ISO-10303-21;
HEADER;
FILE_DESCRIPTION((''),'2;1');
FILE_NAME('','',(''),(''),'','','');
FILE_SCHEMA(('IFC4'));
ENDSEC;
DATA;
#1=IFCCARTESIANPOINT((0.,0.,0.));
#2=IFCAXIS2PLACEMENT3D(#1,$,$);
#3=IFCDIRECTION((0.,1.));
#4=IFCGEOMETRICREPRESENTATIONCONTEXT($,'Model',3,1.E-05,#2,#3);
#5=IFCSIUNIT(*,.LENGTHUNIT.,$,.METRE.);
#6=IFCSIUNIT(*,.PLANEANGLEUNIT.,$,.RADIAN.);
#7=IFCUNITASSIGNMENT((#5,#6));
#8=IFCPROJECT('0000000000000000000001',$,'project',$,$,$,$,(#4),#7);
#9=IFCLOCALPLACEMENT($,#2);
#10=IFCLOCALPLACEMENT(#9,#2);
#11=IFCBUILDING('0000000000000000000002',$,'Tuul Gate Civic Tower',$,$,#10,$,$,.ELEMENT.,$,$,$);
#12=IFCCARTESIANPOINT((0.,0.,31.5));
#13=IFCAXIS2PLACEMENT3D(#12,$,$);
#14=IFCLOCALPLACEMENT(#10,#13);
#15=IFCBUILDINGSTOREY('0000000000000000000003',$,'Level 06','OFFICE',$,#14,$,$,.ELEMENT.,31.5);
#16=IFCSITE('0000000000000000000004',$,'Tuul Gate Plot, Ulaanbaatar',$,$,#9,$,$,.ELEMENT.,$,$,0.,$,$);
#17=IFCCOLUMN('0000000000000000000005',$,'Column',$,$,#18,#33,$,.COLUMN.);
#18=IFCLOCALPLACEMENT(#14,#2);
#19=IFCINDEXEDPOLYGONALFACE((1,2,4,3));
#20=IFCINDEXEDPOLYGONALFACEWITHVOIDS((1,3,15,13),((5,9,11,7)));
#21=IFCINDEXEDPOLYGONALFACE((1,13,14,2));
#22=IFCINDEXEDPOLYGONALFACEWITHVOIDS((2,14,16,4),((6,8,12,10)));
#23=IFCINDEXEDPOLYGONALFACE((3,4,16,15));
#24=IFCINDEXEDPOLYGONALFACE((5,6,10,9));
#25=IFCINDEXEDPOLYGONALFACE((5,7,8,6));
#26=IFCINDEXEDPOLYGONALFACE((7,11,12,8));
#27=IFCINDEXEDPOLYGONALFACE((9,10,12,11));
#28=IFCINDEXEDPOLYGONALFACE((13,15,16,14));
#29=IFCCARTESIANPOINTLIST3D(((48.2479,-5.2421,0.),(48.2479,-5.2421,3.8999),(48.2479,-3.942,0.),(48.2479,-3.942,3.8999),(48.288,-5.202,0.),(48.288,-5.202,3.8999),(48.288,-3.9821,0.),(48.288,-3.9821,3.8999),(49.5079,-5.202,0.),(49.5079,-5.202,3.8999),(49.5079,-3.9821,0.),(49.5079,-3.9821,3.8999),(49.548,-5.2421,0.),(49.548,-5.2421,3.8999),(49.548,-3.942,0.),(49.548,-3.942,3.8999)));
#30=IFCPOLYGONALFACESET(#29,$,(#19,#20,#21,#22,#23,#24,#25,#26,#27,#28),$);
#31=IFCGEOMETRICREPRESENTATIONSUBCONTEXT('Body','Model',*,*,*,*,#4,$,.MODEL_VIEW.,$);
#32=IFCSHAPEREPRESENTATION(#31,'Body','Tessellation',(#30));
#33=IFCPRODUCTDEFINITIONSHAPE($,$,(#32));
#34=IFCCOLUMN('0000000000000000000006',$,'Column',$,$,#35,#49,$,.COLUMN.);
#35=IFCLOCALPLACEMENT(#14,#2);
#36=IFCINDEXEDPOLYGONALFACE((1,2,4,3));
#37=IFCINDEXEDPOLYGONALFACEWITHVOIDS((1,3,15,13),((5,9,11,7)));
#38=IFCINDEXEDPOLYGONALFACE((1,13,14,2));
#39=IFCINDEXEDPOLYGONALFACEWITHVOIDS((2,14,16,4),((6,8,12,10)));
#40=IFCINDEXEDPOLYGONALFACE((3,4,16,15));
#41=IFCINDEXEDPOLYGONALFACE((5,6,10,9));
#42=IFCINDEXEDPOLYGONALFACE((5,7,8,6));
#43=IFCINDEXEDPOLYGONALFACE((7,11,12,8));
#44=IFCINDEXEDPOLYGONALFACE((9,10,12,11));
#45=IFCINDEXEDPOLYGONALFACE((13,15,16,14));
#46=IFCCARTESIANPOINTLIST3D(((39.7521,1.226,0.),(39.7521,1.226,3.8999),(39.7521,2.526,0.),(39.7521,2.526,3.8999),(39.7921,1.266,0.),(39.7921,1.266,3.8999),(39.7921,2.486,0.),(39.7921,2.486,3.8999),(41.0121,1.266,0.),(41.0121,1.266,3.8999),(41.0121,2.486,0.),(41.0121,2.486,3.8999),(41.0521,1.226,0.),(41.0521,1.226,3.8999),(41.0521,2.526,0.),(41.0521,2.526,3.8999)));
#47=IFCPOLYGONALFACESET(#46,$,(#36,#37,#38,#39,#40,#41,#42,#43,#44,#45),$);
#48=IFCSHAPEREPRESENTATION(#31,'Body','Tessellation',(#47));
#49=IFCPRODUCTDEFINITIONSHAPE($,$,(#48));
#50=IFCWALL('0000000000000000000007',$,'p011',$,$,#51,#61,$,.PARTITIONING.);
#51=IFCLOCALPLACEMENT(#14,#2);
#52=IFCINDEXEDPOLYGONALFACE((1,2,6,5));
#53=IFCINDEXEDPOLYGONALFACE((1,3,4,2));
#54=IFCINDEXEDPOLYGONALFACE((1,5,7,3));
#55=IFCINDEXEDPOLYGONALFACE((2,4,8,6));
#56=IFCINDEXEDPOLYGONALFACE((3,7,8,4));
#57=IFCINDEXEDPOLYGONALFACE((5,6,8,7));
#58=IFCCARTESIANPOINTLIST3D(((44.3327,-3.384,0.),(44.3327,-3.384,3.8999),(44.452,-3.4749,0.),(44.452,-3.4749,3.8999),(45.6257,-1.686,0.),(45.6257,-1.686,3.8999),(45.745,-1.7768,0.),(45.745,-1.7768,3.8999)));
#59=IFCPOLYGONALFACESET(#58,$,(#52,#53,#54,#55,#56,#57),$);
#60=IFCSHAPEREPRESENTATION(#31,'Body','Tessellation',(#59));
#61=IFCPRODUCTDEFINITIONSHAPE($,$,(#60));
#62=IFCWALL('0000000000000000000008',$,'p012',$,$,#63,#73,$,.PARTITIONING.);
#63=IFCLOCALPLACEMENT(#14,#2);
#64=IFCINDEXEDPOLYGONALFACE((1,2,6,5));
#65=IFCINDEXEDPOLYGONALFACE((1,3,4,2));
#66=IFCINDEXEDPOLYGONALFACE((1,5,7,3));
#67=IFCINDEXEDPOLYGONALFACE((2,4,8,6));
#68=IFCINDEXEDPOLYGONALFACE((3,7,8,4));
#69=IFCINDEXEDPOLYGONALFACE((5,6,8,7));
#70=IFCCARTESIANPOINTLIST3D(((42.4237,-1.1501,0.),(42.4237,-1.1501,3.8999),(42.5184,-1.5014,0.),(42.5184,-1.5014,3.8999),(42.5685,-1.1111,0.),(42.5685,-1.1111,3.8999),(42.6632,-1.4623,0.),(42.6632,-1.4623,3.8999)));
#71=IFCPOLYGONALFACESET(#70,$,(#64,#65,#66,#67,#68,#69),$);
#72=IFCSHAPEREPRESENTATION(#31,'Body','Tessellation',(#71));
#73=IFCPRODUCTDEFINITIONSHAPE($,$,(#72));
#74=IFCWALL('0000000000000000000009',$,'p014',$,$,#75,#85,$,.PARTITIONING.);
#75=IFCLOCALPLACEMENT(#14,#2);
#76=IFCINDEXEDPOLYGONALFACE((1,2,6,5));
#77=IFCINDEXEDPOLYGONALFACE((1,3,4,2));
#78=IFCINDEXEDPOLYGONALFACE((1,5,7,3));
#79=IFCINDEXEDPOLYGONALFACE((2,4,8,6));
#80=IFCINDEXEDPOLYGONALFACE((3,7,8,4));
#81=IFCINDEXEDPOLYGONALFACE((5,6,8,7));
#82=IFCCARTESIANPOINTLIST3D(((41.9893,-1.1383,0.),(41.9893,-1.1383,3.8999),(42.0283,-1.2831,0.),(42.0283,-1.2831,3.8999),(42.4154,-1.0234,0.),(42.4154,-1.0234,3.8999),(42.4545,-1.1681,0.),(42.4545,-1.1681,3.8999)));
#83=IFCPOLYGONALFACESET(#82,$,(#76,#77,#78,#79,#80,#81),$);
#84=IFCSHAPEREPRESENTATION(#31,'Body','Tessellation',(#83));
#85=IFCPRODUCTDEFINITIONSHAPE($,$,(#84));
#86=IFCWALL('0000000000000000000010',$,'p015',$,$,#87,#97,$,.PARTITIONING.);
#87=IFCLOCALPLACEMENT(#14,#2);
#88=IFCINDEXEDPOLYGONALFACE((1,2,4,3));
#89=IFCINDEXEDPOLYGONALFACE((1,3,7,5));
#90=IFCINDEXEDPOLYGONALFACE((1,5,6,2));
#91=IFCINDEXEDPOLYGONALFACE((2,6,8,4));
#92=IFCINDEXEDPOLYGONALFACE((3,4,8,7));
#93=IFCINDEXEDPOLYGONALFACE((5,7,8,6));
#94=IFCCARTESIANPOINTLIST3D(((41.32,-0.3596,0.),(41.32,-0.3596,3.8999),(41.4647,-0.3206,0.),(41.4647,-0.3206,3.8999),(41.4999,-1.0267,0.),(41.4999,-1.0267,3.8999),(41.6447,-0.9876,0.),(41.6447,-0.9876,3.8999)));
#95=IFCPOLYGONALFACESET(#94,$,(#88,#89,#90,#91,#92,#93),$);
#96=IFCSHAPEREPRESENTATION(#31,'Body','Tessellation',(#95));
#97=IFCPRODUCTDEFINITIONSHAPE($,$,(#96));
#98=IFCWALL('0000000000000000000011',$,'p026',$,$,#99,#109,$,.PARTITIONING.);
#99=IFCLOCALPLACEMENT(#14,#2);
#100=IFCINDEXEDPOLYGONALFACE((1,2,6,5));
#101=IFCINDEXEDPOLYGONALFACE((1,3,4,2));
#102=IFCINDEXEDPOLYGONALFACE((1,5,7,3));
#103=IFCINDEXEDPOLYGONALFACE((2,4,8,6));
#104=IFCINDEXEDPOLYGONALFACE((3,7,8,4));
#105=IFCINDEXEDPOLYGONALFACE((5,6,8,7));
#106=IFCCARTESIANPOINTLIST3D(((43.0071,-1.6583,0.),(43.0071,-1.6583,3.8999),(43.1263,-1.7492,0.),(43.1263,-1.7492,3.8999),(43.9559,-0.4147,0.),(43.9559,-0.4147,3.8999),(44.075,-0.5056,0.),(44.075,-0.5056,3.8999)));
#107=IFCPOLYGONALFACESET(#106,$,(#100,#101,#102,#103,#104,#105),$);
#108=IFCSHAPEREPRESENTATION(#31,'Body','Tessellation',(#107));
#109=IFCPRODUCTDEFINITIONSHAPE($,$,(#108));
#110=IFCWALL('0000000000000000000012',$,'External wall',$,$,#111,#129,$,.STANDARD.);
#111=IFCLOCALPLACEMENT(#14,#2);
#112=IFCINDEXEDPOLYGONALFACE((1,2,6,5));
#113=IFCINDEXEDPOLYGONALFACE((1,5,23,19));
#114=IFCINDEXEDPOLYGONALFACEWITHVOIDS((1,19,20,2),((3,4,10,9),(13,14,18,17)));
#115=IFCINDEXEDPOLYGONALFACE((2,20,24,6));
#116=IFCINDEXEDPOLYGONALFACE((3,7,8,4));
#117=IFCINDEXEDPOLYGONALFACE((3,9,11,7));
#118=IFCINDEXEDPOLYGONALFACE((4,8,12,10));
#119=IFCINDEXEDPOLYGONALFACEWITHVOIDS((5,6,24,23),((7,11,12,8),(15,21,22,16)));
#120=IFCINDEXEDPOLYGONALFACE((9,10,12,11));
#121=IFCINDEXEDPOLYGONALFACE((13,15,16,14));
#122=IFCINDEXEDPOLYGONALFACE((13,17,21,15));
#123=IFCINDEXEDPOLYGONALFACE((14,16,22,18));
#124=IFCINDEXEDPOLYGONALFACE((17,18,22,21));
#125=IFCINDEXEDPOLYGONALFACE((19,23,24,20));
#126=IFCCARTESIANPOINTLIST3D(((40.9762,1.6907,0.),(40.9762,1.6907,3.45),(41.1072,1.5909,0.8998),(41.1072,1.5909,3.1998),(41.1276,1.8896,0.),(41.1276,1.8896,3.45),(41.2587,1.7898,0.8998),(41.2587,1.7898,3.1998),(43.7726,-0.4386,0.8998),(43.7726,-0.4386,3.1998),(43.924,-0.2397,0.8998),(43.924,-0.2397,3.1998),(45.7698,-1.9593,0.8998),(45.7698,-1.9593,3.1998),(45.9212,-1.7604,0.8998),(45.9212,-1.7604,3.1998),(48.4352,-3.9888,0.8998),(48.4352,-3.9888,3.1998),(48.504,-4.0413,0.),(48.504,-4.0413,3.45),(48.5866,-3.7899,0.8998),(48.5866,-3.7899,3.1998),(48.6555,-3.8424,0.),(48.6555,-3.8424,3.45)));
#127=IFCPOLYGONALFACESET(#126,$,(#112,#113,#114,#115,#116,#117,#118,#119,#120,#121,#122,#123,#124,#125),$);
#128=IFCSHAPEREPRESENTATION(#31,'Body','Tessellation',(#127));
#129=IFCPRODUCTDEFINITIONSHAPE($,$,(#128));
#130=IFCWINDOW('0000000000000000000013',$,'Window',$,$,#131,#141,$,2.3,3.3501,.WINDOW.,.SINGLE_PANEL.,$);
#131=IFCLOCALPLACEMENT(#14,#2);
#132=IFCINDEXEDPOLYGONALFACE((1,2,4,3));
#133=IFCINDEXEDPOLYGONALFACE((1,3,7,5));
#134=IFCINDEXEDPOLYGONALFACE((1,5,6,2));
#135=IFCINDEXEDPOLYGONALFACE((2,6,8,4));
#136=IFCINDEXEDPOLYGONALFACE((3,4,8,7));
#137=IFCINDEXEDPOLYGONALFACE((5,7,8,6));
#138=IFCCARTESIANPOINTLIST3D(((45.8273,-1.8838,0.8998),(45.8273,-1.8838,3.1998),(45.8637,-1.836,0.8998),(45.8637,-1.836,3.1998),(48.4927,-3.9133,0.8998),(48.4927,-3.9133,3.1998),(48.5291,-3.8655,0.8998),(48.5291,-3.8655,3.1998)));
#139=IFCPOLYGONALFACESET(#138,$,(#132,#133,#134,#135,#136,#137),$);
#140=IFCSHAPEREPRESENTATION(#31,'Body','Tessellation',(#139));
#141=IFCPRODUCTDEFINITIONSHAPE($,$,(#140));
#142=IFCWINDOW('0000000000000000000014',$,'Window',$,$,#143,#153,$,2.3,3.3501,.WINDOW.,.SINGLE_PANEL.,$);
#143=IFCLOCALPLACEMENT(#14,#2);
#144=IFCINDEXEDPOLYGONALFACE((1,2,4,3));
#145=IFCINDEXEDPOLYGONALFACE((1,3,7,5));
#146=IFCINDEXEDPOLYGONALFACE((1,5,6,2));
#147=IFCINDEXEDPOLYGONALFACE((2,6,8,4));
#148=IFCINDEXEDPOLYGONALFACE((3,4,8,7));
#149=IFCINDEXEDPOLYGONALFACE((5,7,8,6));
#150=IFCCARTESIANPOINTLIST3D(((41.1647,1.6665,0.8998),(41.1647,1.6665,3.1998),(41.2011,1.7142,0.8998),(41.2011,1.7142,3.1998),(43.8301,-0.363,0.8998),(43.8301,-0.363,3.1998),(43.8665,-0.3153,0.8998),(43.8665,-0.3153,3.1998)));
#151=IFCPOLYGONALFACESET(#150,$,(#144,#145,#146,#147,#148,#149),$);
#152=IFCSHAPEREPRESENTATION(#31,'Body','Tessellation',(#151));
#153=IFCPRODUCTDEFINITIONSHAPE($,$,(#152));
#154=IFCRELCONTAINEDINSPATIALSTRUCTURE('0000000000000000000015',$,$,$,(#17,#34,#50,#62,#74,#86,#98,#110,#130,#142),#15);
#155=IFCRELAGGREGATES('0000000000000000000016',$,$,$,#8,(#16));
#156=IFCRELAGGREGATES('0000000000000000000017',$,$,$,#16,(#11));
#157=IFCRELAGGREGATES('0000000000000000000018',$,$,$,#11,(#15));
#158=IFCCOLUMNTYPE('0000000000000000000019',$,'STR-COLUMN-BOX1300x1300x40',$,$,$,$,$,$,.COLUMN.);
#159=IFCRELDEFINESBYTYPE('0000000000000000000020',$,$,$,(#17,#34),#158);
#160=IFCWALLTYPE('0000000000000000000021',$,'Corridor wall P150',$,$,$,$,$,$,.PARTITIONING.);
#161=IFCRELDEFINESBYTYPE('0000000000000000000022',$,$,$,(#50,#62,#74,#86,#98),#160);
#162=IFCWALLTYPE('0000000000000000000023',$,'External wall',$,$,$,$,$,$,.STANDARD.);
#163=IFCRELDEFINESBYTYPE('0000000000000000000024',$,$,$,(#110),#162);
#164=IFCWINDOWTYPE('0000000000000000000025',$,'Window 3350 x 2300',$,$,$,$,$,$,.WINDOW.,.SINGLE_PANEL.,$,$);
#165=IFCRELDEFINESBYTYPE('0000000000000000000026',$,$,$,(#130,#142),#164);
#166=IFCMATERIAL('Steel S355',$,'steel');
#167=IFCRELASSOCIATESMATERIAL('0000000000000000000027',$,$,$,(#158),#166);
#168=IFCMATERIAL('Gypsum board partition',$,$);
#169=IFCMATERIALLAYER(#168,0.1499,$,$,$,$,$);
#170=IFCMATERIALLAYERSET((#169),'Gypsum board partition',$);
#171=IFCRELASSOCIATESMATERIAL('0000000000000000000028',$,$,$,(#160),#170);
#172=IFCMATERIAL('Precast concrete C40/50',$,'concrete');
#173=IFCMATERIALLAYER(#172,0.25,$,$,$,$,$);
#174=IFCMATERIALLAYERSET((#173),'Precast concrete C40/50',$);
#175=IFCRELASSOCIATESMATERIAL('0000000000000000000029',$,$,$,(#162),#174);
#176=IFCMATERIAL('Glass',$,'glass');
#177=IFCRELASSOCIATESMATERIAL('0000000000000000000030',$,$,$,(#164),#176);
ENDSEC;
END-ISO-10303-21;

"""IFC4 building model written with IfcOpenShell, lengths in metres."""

from ifc_helpers import new_model, si_unit, direction, frame, frame_2d, origin, origin_2d, place, context, subcontext, project, spatial, rectangle, hollow_rectangle, extrude, material, layer, layer_set, material_profile, profile_set, type_object, element, fill, save


model = new_model("IFC4")

# Units and contexts
model_context = context("Model", 3, precision=1e-05, world=origin(), true_north=direction((0.0, 1.0)))
body_context = subcontext(model_context, "Body", "Model", "MODEL_VIEW")
ifc_project = project(units=[si_unit("LENGTHUNIT", "METRE"), si_unit("PLANEANGLEUNIT", "RADIAN")], contexts=[model_context])

# Site, building, storey
site_placement = place(None, origin())
site = spatial("IfcSite", under=ifc_project, at=site_placement, Name="Tuul Gate Plot, Ulaanbaatar", CompositionType="ELEMENT", RefElevation=0.0)
building_placement = place(site_placement, origin())
building = spatial("IfcBuilding", under=site, at=building_placement, Name="Tuul Gate Civic Tower", CompositionType="ELEMENT")
storey_placement = place(building_placement, frame((0.0, 0.0, 31.5)))
storey = spatial("IfcBuildingStorey", under=building, at=storey_placement, Name="Level 06", Description="OFFICE", CompositionType="ELEMENT", Elevation=31.5)

# Columns
ifc_material_1 = material(Name="Steel S355", Category="steel")
ifc_material_profile_1 = material_profile(ifc_material_1, hollow_rectangle(XDim=1.3, YDim=1.3, WallThickness=0.04, at=origin_2d()), Name="BOX1300x1300x40")
ifc_profile_set_1 = profile_set([ifc_material_profile_1], Name="Steel S355")
column_type = type_object("IfcColumnType", Name="STR-COLUMN-BOX1300x1300x40", PredefinedType="COLUMN", material=ifc_profile_set_1)
for number, where, z_axis, x_axis, name in (
    (1, (48.8979, -4.592, 0.0), (0.0, 0.0, 1.0), (1.0, 0.0, 0.0), "Column"),
    (2, (40.4021, 1.876, 0.0), (0.0, 0.0, 1.0), (1.0, 0.0, 0.0), "Column"),
):
    element("IfcColumn", number, at=place(storey_placement, frame(where, z_axis=z_axis, x_axis=x_axis)), inside=storey, type_object=column_type, Name=name, PredefinedType="COLUMN", context=body_context, shape_type="SweptSolid", body=[
        extrude(hollow_rectangle(XDim=1.3, YDim=1.3, WallThickness=0.04, at=origin_2d()), origin(), (0.0, 0.0, 1.0), 3.8999),
    ])

# Walls
ifc_material_2 = material(Name="Gypsum board partition")
ifc_layer_1 = layer(ifc_material_2, 0.1499)
ifc_layer_set_1 = layer_set([ifc_layer_1], Name="Gypsum board partition")
wall_type_1 = type_object("IfcWallType", Name="Corridor wall P150", PredefinedType="PARTITIONING", material=ifc_layer_set_1)
wall_1_placement = place(storey_placement, frame((44.3923, -3.4294, 0.0), z_axis=(0.0, 0.0, 1.0), x_axis=(0.605823, 0.7956, 0.0)))
element("IfcWall", 3, at=wall_1_placement, inside=storey, type_object=wall_type_1, Name="p011", PredefinedType="PARTITIONING", context=body_context, shape_type="SweptSolid", body=[
    extrude(rectangle(XDim=2.1343, YDim=0.1499, at=frame_2d((1.0671, 0.0))), origin(), (0.0, 0.0, 1.0), 3.8999),
])
wall_2_placement = place(storey_placement, frame((42.4961, -1.1306, 0.0), z_axis=(0.0, 0.0, 1.0), x_axis=(0.260334, -0.965519, 0.0)))
element("IfcWall", 4, at=wall_2_placement, inside=storey, type_object=wall_type_1, Name="p012", PredefinedType="PARTITIONING", context=body_context, shape_type="SweptSolid", body=[
    extrude(rectangle(XDim=0.3638, YDim=0.1499, at=frame_2d((0.1819, 0.0))), origin(), (0.0, 0.0, 1.0), 3.8999),
])
wall_3_placement = place(storey_placement, frame((42.0088, -1.2107, 0.0), z_axis=(0.0, 0.0, 1.0), x_axis=(0.965488, 0.260449, 0.0)))
element("IfcWall", 5, at=wall_3_placement, inside=storey, type_object=wall_type_1, Name="p014", PredefinedType="PARTITIONING", context=body_context, shape_type="SweptSolid", body=[
    extrude(rectangle(XDim=0.4414, YDim=0.1499, at=frame_2d((0.2207, 0.0))), origin(), (0.0, 0.0, 1.0), 3.8999),
])
wall_4_placement = place(storey_placement, frame((41.3923, -0.3401, 0.0), z_axis=(0.0, 0.0, 1.0), x_axis=(0.260455, -0.965486, 0.0)))
element("IfcWall", 6, at=wall_4_placement, inside=storey, type_object=wall_type_1, Name="p015", PredefinedType="PARTITIONING", context=body_context, shape_type="SweptSolid", body=[
    extrude(rectangle(XDim=0.6909, YDim=0.1499, at=frame_2d((0.3455, 0.0))), origin(), (0.0, 0.0, 1.0), 3.8999),
])
wall_5_placement = place(storey_placement, frame((43.0667, -1.7039, 0.0), z_axis=(0.0, 0.0, 1.0), x_axis=(0.606523, 0.795066, 0.0)))
element("IfcWall", 7, at=wall_5_placement, inside=storey, type_object=wall_type_1, Name="p026", PredefinedType="PARTITIONING", context=body_context, shape_type="SweptSolid", body=[
    extrude(rectangle(XDim=1.5642, YDim=0.1499, at=frame_2d((0.7822, 0.0))), origin(), (0.0, 0.0, 1.0), 3.8999),
])

# Wall, openings, windows
ifc_material_3 = material(Name="Precast concrete C40/50", Category="concrete")
ifc_layer_2 = layer(ifc_material_3, 0.25)
ifc_layer_set_2 = layer_set([ifc_layer_2], Name="Precast concrete C40/50")
wall_type_2 = type_object("IfcWallType", Name="External wall", PredefinedType="STANDARD", material=ifc_layer_set_2)
wall_6_placement = place(storey_placement, frame((48.5798, -3.9419, 0.0), z_axis=(0.0, 0.0, 1.0), x_axis=(-0.795613, 0.605805, 0.0)))
wall_6 = element("IfcWall", 8, at=wall_6_placement, inside=storey, type_object=wall_type_2, Name="External wall", PredefinedType="STANDARD", context=body_context, shape_type="SweptSolid", body=[
    extrude(rectangle(XDim=9.4617, YDim=0.25, at=frame_2d((4.731, 0.0))), origin(), (0.0, 0.0, 1.0), 3.45),
])
opening_1_placement = place(wall_6_placement, frame((0.0867, 0.0, 0.8999)))
opening_1 = element("IfcOpeningElement", 9, at=opening_1_placement, cuts=wall_6, PredefinedType="OPENING", context=body_context, shape_type="SweptSolid", body=[
    extrude(rectangle(XDim=3.3501, YDim=2.3, at=frame_2d((1.675, 1.1499))), frame((0.0, 0.135, 0.0), z_axis=(0.0, -1.0, 0.0), x_axis=(1.0, 0.0, 0.0)), (0.0, 0.0, 1.0), 0.27),
])
opening_2_placement = place(wall_6_placement, frame((5.947, 0.0, 0.8999)))
opening_2 = element("IfcOpeningElement", 10, at=opening_2_placement, cuts=wall_6, PredefinedType="OPENING", context=body_context, shape_type="SweptSolid", body=[
    extrude(rectangle(XDim=3.3501, YDim=2.3, at=frame_2d((1.675, 1.1499))), frame((0.0, 0.135, 0.0), z_axis=(0.0, -1.0, 0.0), x_axis=(1.0, 0.0, 0.0)), (0.0, 0.0, 1.0), 0.27),
])
ifc_material_4 = material(Name="Glass", Category="glass")
window_type_1 = type_object("IfcWindowType", Name="Window 3350 x 2300", PartitioningType="SINGLE_PANEL", PredefinedType="WINDOW", material=ifc_material_4)
window_1_placement = place(opening_1_placement, origin())
window_1 = element("IfcWindow", 11, at=window_1_placement, inside=storey, type_object=window_type_1, Name="Window", OverallHeight=2.3, OverallWidth=3.3501, PartitioningType="SINGLE_PANEL", PredefinedType="WINDOW", context=body_context, shape_type="SweptSolid", body=[
    extrude(rectangle(XDim=3.3501, YDim=2.3, at=frame_2d((1.675, 1.1499))), frame((0.0, 0.03, 0.0), z_axis=(0.0, -1.0, 0.0), x_axis=(1.0, 0.0, 0.0)), (0.0, 0.0, 1.0), 0.0601),
])
fill(opening_1, window_1)
window_2_placement = place(opening_2_placement, origin())
window_2 = element("IfcWindow", 12, at=window_2_placement, inside=storey, type_object=window_type_1, Name="Window", OverallHeight=2.3, OverallWidth=3.3501, PartitioningType="SINGLE_PANEL", PredefinedType="WINDOW", context=body_context, shape_type="SweptSolid", body=[
    extrude(rectangle(XDim=3.3501, YDim=2.3, at=frame_2d((1.675, 1.1499))), frame((0.0, 0.03, 0.0), z_axis=(0.0, -1.0, 0.0), x_axis=(1.0, 0.0, 0.0)), (0.0, 0.0, 1.0), 0.0601),
])
fill(opening_2, window_2)

save(model, "model.ifc")
